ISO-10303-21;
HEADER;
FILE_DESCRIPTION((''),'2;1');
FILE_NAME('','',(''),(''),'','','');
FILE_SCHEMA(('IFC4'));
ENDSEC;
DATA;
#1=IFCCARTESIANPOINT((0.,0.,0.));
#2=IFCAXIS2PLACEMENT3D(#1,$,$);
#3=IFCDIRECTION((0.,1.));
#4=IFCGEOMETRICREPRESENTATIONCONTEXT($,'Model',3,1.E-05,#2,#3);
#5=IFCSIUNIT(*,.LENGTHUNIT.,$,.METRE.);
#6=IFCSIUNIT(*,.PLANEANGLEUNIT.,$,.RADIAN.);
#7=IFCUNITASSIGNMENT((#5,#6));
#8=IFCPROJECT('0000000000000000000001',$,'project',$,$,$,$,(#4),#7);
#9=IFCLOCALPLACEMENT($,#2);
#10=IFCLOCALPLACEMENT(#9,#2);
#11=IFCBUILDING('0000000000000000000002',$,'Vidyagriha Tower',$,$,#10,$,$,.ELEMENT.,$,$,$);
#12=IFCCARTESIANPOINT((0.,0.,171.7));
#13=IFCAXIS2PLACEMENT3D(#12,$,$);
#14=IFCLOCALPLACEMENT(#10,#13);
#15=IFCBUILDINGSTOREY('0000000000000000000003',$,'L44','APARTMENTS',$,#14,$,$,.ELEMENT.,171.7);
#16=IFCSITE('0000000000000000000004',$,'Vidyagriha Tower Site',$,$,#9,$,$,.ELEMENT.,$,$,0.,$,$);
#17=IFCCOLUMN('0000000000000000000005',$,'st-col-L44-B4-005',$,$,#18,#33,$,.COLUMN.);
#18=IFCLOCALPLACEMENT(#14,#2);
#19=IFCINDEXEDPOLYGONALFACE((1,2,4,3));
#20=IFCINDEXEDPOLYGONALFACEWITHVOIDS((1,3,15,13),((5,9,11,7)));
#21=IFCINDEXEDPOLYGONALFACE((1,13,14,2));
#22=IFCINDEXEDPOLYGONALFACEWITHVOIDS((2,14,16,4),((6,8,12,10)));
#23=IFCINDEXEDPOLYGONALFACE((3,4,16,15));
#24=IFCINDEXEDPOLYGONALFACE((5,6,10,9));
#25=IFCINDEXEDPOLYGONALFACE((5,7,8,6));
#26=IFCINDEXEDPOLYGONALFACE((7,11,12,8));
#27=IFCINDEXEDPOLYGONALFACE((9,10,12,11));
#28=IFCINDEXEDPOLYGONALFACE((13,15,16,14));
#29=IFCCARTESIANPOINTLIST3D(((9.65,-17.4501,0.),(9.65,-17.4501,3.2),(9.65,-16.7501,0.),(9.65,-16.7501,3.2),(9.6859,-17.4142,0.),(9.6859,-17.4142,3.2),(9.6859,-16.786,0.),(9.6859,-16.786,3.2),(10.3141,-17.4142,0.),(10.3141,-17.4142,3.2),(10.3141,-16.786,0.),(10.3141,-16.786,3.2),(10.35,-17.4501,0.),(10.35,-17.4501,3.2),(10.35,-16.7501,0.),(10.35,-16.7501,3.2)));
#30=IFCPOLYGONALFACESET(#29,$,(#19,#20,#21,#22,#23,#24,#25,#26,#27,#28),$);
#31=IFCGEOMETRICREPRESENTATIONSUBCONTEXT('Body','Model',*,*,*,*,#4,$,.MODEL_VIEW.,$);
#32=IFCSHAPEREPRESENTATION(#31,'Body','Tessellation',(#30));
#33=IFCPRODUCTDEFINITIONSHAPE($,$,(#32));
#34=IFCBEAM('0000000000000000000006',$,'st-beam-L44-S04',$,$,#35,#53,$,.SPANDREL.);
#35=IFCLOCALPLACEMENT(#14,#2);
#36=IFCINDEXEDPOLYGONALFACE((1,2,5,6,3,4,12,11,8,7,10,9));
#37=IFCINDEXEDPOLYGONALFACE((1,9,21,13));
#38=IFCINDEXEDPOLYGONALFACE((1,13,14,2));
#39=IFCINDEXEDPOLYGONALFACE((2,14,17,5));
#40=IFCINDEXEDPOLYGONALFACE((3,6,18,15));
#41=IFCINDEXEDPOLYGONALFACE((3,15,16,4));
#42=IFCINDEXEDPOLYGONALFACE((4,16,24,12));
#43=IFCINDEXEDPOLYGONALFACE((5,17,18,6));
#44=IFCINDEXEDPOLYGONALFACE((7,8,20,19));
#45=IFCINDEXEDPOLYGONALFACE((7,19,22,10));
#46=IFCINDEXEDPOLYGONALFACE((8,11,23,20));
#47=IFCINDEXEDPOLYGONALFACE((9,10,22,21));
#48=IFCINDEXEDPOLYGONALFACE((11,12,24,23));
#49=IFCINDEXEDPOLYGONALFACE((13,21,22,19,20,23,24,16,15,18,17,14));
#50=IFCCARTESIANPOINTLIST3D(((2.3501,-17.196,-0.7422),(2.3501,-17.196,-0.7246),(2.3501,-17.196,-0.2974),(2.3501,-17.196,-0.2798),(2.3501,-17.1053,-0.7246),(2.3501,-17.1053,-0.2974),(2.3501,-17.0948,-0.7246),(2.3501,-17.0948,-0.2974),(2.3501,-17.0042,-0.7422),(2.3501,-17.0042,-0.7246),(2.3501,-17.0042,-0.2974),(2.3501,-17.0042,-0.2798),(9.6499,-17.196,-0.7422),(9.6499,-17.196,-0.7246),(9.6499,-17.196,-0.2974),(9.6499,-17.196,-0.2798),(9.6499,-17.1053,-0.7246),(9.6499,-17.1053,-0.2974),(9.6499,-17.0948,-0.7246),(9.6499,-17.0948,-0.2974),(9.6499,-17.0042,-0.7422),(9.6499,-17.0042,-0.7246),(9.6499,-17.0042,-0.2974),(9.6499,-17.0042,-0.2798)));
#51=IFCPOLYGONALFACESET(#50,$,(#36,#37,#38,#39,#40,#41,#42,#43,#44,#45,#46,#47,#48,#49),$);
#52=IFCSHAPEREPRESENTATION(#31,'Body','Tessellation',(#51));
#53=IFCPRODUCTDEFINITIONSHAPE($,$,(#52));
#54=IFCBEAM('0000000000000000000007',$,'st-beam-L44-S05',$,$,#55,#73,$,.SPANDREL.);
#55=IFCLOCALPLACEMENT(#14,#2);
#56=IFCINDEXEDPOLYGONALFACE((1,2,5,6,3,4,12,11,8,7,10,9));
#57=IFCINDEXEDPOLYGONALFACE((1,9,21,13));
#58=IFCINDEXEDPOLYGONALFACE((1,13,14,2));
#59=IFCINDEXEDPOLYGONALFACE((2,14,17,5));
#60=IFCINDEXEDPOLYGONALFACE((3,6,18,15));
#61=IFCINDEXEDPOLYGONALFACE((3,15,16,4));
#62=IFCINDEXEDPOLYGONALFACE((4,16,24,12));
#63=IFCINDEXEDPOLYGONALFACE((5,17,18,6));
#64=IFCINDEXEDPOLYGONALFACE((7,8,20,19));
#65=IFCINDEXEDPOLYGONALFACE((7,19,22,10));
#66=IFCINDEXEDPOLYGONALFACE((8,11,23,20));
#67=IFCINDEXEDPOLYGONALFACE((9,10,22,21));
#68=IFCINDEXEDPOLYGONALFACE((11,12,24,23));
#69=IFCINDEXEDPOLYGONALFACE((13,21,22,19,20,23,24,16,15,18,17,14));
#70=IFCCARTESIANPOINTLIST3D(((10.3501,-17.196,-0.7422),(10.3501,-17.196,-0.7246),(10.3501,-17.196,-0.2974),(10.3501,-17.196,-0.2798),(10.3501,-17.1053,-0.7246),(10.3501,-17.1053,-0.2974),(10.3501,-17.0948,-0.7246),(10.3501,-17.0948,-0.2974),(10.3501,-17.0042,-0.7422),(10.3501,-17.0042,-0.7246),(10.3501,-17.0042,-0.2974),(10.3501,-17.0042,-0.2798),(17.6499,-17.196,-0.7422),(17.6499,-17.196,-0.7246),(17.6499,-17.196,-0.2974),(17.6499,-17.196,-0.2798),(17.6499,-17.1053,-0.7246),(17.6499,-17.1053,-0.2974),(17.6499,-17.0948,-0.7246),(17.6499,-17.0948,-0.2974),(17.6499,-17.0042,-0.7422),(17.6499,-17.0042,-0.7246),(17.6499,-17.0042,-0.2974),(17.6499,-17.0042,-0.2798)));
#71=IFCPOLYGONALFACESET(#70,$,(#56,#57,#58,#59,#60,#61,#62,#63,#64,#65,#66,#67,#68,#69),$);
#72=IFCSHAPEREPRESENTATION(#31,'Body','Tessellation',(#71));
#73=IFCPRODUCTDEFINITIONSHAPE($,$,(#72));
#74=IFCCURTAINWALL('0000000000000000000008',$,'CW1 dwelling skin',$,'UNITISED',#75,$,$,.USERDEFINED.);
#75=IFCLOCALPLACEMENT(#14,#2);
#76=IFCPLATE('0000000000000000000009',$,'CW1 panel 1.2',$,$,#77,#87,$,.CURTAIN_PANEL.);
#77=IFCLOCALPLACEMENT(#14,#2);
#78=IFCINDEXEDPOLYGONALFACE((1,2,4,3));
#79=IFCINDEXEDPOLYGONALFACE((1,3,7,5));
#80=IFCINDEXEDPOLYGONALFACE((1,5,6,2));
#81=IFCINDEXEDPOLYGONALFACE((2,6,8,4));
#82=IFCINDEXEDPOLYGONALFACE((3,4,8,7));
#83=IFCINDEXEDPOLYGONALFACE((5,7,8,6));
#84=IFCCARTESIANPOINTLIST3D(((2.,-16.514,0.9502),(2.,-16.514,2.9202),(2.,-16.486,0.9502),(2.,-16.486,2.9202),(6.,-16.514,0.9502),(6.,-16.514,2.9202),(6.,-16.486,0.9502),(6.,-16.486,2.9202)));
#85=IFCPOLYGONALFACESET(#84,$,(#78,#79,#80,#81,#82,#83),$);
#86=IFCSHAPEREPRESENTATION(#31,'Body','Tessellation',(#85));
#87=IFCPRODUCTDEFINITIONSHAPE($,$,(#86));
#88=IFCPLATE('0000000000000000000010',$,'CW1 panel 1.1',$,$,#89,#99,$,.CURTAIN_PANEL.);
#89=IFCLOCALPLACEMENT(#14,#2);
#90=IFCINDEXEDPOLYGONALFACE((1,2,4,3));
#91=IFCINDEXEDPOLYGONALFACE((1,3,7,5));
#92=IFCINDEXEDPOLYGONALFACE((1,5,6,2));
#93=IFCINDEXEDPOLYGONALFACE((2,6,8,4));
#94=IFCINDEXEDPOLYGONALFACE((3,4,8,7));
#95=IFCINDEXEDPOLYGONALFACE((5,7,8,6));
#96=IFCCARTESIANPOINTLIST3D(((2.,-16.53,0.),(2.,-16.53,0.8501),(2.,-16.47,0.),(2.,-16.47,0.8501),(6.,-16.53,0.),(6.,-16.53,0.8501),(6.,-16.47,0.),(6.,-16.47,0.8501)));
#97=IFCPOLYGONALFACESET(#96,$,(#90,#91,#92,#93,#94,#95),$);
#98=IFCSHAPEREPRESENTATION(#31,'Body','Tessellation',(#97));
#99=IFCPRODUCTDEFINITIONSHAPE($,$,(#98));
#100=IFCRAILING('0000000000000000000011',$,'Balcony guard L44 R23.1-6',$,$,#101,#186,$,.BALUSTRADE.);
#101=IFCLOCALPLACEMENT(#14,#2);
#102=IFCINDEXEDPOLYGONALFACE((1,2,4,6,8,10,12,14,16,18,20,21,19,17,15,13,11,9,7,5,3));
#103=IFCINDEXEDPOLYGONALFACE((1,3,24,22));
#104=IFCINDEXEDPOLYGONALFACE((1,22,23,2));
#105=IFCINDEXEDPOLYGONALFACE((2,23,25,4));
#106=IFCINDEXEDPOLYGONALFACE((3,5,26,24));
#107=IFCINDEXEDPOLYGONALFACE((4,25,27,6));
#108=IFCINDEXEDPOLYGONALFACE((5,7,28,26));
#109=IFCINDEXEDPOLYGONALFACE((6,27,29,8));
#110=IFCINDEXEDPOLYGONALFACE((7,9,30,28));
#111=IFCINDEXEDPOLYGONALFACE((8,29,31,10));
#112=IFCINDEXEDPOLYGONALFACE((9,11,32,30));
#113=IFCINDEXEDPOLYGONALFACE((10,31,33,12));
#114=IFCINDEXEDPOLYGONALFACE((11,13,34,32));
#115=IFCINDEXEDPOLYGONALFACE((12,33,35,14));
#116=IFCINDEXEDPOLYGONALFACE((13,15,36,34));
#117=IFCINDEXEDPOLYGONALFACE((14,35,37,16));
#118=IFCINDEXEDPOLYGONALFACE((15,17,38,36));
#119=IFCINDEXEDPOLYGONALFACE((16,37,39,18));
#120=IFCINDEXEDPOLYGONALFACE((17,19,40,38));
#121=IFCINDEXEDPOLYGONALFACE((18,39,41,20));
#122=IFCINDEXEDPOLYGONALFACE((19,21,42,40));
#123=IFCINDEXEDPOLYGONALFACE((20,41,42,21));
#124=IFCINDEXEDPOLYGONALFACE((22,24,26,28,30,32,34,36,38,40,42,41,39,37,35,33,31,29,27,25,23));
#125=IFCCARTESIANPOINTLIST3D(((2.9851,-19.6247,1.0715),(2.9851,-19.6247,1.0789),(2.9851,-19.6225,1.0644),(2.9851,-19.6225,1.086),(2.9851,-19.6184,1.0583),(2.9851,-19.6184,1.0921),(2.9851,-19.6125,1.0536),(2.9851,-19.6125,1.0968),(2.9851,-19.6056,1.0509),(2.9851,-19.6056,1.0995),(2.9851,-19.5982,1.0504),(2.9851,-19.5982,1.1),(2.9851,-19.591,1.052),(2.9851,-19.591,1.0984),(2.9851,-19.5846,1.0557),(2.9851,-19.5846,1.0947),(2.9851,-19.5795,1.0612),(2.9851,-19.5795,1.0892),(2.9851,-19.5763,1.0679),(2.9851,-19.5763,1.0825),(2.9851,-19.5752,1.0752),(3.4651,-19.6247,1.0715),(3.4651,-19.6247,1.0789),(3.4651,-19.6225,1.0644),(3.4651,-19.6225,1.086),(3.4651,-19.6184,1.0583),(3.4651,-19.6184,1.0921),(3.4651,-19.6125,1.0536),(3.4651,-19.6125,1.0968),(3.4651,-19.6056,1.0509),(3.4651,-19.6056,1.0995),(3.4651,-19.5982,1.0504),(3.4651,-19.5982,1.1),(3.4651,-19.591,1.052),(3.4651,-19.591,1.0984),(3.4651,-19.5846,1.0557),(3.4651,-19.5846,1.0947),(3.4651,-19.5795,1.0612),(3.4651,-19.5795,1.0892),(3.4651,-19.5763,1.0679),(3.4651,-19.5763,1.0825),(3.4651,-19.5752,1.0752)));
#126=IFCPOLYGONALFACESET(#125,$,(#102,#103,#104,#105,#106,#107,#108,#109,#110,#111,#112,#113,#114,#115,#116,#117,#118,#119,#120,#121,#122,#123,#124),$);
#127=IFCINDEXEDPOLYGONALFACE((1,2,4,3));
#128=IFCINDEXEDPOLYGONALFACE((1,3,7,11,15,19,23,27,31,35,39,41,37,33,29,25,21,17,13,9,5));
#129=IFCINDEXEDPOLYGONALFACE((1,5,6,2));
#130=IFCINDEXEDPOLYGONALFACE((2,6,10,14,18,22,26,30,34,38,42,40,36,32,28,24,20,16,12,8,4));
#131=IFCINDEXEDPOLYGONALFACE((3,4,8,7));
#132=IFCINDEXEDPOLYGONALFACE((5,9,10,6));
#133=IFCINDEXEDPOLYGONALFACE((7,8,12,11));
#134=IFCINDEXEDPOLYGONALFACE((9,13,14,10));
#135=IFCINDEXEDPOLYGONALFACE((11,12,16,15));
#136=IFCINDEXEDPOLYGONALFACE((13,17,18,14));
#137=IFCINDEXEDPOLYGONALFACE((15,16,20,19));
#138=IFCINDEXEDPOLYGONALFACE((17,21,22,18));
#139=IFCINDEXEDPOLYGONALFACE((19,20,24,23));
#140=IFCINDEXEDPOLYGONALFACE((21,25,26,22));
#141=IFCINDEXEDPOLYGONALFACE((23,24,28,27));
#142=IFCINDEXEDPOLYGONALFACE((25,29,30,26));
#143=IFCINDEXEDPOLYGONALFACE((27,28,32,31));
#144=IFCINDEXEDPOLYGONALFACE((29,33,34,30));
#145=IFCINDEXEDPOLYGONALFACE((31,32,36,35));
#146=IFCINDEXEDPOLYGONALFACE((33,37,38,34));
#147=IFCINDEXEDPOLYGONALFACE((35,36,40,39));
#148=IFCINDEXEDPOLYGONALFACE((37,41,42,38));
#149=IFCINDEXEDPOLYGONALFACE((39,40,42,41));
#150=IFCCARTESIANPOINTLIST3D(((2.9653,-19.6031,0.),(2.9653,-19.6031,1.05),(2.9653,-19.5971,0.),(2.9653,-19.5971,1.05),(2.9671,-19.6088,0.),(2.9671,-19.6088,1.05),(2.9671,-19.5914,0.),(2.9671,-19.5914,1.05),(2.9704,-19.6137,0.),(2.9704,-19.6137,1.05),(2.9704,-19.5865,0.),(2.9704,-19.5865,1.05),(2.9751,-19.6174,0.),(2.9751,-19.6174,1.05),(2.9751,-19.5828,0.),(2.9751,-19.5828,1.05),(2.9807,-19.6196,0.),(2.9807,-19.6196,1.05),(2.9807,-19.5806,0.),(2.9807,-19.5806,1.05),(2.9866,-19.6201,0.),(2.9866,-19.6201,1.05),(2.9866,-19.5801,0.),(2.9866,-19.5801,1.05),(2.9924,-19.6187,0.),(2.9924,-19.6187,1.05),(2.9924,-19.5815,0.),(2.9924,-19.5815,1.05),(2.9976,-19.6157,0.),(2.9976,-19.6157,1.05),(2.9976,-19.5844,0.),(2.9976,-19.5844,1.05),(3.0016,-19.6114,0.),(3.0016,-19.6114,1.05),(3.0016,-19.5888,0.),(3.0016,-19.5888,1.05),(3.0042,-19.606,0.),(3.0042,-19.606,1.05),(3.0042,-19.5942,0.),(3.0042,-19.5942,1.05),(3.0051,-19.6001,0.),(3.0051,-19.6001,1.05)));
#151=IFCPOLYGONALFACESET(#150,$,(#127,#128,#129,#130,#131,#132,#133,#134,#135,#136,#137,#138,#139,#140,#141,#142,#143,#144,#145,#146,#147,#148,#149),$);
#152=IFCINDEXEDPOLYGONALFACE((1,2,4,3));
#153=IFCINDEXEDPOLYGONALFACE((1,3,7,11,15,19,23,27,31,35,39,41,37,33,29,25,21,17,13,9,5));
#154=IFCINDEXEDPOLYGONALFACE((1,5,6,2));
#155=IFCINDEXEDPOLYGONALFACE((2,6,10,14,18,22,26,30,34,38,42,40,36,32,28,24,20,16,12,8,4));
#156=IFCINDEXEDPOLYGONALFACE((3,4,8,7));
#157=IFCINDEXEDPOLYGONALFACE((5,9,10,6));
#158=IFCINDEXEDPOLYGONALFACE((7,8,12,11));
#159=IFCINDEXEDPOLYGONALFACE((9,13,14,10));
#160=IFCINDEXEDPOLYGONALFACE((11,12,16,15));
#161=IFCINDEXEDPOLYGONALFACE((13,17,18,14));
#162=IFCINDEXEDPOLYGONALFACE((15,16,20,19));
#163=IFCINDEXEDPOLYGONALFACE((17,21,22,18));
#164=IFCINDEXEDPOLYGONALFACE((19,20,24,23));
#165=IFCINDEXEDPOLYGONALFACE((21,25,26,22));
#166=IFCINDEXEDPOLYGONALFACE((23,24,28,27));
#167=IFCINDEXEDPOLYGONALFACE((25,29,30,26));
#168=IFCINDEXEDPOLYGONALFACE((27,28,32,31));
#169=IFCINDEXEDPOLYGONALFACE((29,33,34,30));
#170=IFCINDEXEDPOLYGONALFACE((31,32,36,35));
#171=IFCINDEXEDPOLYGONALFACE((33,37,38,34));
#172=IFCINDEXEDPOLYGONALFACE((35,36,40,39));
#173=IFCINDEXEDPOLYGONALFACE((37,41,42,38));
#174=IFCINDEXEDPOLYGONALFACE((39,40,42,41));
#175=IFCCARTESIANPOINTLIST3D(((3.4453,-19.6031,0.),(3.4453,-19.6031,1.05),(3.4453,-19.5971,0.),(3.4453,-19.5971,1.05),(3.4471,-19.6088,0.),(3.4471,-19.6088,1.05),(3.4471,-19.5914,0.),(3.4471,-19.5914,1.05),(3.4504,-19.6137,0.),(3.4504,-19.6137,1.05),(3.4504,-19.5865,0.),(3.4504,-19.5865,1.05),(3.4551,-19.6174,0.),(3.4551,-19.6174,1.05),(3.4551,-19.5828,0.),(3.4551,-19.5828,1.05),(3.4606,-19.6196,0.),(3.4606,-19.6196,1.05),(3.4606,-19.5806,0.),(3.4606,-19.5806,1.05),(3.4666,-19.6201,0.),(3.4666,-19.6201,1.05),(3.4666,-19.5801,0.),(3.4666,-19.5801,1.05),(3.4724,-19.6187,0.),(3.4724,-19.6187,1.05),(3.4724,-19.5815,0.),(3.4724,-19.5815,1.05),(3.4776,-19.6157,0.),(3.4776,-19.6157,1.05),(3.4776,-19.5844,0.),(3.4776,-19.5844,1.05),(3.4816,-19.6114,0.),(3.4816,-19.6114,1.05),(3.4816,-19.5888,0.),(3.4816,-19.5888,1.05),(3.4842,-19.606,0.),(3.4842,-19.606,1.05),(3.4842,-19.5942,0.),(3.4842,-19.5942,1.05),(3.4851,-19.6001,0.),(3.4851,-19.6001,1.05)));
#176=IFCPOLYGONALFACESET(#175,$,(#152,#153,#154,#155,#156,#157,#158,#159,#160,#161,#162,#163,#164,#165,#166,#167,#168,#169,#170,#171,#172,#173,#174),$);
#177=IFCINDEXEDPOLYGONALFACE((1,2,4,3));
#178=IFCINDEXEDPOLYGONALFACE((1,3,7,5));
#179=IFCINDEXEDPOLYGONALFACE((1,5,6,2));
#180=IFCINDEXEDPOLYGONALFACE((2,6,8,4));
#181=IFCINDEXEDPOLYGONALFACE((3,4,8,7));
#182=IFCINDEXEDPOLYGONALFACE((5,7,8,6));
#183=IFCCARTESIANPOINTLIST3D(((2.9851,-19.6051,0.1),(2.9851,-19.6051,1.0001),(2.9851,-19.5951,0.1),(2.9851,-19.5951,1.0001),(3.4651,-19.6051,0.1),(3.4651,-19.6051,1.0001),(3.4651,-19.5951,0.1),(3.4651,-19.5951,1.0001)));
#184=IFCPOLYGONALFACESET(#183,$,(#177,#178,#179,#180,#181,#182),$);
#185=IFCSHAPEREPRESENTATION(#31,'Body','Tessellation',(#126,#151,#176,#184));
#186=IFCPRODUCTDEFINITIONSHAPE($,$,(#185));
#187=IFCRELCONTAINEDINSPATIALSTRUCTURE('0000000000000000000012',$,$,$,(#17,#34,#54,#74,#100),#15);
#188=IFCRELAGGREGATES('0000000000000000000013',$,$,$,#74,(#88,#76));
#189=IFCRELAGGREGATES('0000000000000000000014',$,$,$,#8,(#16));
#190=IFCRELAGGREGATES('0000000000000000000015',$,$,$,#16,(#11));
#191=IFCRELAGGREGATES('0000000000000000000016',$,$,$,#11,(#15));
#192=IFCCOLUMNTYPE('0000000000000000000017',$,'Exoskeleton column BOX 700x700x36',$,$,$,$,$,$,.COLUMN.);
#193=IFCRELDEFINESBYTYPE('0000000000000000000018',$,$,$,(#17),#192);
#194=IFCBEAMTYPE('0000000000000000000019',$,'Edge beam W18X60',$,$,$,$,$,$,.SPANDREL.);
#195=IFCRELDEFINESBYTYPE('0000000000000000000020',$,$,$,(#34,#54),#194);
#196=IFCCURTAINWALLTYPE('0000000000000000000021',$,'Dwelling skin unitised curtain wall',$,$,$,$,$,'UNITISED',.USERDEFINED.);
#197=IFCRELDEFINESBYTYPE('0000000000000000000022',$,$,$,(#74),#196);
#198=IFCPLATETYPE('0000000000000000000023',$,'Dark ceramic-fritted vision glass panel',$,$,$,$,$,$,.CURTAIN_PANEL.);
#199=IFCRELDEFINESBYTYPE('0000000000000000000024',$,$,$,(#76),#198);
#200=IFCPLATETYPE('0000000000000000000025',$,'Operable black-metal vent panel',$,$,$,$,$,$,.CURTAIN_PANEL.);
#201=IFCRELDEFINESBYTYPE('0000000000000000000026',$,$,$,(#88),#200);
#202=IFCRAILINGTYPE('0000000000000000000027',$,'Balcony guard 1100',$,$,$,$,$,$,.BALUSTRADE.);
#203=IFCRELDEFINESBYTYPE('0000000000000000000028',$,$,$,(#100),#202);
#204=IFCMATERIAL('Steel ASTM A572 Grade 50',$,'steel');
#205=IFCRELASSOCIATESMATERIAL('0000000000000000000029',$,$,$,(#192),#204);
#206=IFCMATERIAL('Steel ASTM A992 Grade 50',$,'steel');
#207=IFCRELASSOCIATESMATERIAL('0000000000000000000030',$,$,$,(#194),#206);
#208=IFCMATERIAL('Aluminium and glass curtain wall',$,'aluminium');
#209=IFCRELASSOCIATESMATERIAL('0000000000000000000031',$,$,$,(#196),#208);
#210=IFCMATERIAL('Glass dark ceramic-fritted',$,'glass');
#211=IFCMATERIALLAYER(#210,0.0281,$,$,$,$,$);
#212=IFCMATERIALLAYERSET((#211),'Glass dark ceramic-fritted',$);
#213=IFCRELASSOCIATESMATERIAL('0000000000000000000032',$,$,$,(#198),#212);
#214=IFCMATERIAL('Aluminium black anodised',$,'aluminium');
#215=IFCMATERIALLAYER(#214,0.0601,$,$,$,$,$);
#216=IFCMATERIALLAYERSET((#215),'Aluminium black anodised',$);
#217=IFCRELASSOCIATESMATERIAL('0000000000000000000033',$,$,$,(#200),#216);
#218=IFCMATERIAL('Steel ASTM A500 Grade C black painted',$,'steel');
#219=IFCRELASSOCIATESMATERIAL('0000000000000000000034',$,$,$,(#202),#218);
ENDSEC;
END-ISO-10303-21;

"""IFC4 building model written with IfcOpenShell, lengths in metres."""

from ifc_helpers import new_model, si_unit, direction, frame, origin, origin_2d, place, context, subcontext, project, spatial, rectangle, hollow_rectangle, circle, i_section, extrude, material, layer, layer_set, material_profile, profile_set, type_object, element, aggregate, save


model = new_model("IFC4")

# Units and contexts
model_context = context("Model", 3, precision=1e-05, world=origin(), true_north=direction((0.0, 1.0)))
body_context = subcontext(model_context, "Body", "Model", "MODEL_VIEW")
ifc_project = project(units=[si_unit("LENGTHUNIT", "METRE"), si_unit("PLANEANGLEUNIT", "RADIAN")], contexts=[model_context])

# Site, building, storey
site_placement = place(None, origin())
site = spatial("IfcSite", under=ifc_project, at=site_placement, Name="Vidyagriha Tower Site", CompositionType="ELEMENT", RefElevation=0.0)
building_placement = place(site_placement, origin())
building = spatial("IfcBuilding", under=site, at=building_placement, Name="Vidyagriha Tower", CompositionType="ELEMENT")
storey_placement = place(building_placement, frame((0.0, 0.0, 171.7)))
storey = spatial("IfcBuildingStorey", under=building, at=storey_placement, Name="L44", Description="APARTMENTS", CompositionType="ELEMENT", Elevation=171.7)

# Column
ifc_material_1 = material(Name="Steel ASTM A572 Grade 50", Category="steel")
ifc_material_profile_1 = material_profile(ifc_material_1, hollow_rectangle(XDim=0.7, YDim=0.7, WallThickness=0.0359, at=origin_2d()), Name="BOX 700x700x36")
ifc_profile_set_1 = profile_set([ifc_material_profile_1], Name="Steel ASTM A572 Grade 50")
column_type = type_object("IfcColumnType", Name="Exoskeleton column BOX 700x700x36", PredefinedType="COLUMN", material=ifc_profile_set_1)
column_placement = place(storey_placement, frame((10.0, -17.1001, 0.0)))
element("IfcColumn", 1, at=column_placement, inside=storey, type_object=column_type, Name="st-col-L44-B4-005", PredefinedType="COLUMN", context=body_context, shape_type="SweptSolid", body=[
    extrude(hollow_rectangle(XDim=0.7, YDim=0.7, WallThickness=0.0359, at=origin_2d()), origin(), (0.0, 0.0, 1.0), 3.2),
])

# Beams
ifc_material_2 = material(Name="Steel ASTM A992 Grade 50", Category="steel")
ifc_material_profile_2 = material_profile(ifc_material_2, i_section(OverallWidth=0.1919, OverallDepth=0.4624, WebThickness=0.0105, FlangeThickness=0.0176, at=origin_2d()), Name="W18X60")
ifc_profile_set_2 = profile_set([ifc_material_profile_2], Name="Steel ASTM A992 Grade 50")
beam_type = type_object("IfcBeamType", Name="Edge beam W18X60", PredefinedType="SPANDREL", material=ifc_profile_set_2)
for number, where, z_axis, x_axis, name in (
    (2, (2.3501, -17.1001, -0.511), (1.0, 0.0, 0.0), (0.0, 1.0, 0.0), "st-beam-L44-S04"),
    (3, (10.3501, -17.1001, -0.511), (1.0, 0.0, 0.0), (0.0, 1.0, 0.0), "st-beam-L44-S05"),
):
    element("IfcBeam", number, at=place(storey_placement, frame(where, z_axis=z_axis, x_axis=x_axis)), inside=storey, type_object=beam_type, Name=name, PredefinedType="SPANDREL", context=body_context, shape_type="SweptSolid", body=[
        extrude(i_section(OverallWidth=0.1919, OverallDepth=0.4624, WebThickness=0.0105, FlangeThickness=0.0176, at=origin_2d()), origin(), (0.0, 0.0, 1.0), 7.2998),
    ])

# Curtain wall, plates
ifc_material_3 = material(Name="Aluminium and glass curtain wall", Category="aluminium")
curtain_wall_type = type_object("IfcCurtainWallType", Name="Dwelling skin unitised curtain wall", ElementType="UNITISED", PredefinedType="USERDEFINED", material=ifc_material_3)
curtain_wall_placement = place(storey_placement, origin())
curtain_wall = element("IfcCurtainWall", 4, at=curtain_wall_placement, inside=storey, type_object=curtain_wall_type, Name="CW1 dwelling skin", ObjectType="UNITISED", PredefinedType="USERDEFINED")
ifc_material_4 = material(Name="Glass dark ceramic-fritted", Category="glass")
ifc_layer_1 = layer(ifc_material_4, 0.0281)
ifc_layer_set_1 = layer_set([ifc_layer_1], Name="Glass dark ceramic-fritted")
plate_type_1 = type_object("IfcPlateType", Name="Dark ceramic-fritted vision glass panel", PredefinedType="CURTAIN_PANEL", material=ifc_layer_set_1)
plate_1_placement = place(storey_placement, frame((4.0, -16.5, 0.9502)))
plate_1 = element("IfcPlate", 5, at=plate_1_placement, type_object=plate_type_1, Name="CW1 panel 1.2", PredefinedType="CURTAIN_PANEL", context=body_context, shape_type="SweptSolid", body=[
    extrude(rectangle(XDim=4.0, YDim=0.0281, at=origin_2d()), origin(), (0.0, 0.0, 1.0), 1.97),
])
ifc_material_5 = material(Name="Aluminium black anodised", Category="aluminium")
ifc_layer_2 = layer(ifc_material_5, 0.0601)
ifc_layer_set_2 = layer_set([ifc_layer_2], Name="Aluminium black anodised")
plate_type_2 = type_object("IfcPlateType", Name="Operable black-metal vent panel", PredefinedType="CURTAIN_PANEL", material=ifc_layer_set_2)
plate_2_placement = place(storey_placement, frame((4.0, -16.5, 0.0)))
plate_2 = element("IfcPlate", 6, at=plate_2_placement, type_object=plate_type_2, Name="CW1 panel 1.1", PredefinedType="CURTAIN_PANEL", context=body_context, shape_type="SweptSolid", body=[
    extrude(rectangle(XDim=4.0, YDim=0.0601, at=origin_2d()), origin(), (0.0, 0.0, 1.0), 0.8501),
])
aggregate(curtain_wall, [plate_2, plate_1])

# Railing
ifc_material_6 = material(Name="Steel ASTM A500 Grade C black painted", Category="steel")
railing_type = type_object("IfcRailingType", Name="Balcony guard 1100", PredefinedType="BALUSTRADE", material=ifc_material_6)
railing_1_placement = place(storey_placement, frame((2.9851, -19.6001, 0.0)))
element("IfcRailing", 7, at=railing_1_placement, inside=storey, type_object=railing_type, Name="Balcony guard L44 R23.1-6", PredefinedType="BALUSTRADE", context=body_context, shape_type="SweptSolid", body=[
    extrude(circle(Radius=0.0249, at=origin_2d()), frame((0.0, 0.0, 1.0752), z_axis=(1.0, 0.0, 0.0), x_axis=(0.0, 1.0, 0.0)), (0.0, 0.0, 1.0), 0.48),
    extrude(circle(Radius=0.02, at=origin_2d()), origin(), (0.0, 0.0, 1.0), 1.05),
    extrude(circle(Radius=0.02, at=origin_2d()), frame((0.48, 0.0, 0.0)), (0.0, 0.0, 1.0), 1.05),
    extrude(rectangle(XDim=0.01, YDim=0.9001, at=origin_2d()), frame((0.0, 0.0, 0.55), z_axis=(1.0, 0.0, 0.0), x_axis=(0.0, 1.0, 0.0)), (0.0, 0.0, 1.0), 0.48),
])

save(model, "model.ifc")
